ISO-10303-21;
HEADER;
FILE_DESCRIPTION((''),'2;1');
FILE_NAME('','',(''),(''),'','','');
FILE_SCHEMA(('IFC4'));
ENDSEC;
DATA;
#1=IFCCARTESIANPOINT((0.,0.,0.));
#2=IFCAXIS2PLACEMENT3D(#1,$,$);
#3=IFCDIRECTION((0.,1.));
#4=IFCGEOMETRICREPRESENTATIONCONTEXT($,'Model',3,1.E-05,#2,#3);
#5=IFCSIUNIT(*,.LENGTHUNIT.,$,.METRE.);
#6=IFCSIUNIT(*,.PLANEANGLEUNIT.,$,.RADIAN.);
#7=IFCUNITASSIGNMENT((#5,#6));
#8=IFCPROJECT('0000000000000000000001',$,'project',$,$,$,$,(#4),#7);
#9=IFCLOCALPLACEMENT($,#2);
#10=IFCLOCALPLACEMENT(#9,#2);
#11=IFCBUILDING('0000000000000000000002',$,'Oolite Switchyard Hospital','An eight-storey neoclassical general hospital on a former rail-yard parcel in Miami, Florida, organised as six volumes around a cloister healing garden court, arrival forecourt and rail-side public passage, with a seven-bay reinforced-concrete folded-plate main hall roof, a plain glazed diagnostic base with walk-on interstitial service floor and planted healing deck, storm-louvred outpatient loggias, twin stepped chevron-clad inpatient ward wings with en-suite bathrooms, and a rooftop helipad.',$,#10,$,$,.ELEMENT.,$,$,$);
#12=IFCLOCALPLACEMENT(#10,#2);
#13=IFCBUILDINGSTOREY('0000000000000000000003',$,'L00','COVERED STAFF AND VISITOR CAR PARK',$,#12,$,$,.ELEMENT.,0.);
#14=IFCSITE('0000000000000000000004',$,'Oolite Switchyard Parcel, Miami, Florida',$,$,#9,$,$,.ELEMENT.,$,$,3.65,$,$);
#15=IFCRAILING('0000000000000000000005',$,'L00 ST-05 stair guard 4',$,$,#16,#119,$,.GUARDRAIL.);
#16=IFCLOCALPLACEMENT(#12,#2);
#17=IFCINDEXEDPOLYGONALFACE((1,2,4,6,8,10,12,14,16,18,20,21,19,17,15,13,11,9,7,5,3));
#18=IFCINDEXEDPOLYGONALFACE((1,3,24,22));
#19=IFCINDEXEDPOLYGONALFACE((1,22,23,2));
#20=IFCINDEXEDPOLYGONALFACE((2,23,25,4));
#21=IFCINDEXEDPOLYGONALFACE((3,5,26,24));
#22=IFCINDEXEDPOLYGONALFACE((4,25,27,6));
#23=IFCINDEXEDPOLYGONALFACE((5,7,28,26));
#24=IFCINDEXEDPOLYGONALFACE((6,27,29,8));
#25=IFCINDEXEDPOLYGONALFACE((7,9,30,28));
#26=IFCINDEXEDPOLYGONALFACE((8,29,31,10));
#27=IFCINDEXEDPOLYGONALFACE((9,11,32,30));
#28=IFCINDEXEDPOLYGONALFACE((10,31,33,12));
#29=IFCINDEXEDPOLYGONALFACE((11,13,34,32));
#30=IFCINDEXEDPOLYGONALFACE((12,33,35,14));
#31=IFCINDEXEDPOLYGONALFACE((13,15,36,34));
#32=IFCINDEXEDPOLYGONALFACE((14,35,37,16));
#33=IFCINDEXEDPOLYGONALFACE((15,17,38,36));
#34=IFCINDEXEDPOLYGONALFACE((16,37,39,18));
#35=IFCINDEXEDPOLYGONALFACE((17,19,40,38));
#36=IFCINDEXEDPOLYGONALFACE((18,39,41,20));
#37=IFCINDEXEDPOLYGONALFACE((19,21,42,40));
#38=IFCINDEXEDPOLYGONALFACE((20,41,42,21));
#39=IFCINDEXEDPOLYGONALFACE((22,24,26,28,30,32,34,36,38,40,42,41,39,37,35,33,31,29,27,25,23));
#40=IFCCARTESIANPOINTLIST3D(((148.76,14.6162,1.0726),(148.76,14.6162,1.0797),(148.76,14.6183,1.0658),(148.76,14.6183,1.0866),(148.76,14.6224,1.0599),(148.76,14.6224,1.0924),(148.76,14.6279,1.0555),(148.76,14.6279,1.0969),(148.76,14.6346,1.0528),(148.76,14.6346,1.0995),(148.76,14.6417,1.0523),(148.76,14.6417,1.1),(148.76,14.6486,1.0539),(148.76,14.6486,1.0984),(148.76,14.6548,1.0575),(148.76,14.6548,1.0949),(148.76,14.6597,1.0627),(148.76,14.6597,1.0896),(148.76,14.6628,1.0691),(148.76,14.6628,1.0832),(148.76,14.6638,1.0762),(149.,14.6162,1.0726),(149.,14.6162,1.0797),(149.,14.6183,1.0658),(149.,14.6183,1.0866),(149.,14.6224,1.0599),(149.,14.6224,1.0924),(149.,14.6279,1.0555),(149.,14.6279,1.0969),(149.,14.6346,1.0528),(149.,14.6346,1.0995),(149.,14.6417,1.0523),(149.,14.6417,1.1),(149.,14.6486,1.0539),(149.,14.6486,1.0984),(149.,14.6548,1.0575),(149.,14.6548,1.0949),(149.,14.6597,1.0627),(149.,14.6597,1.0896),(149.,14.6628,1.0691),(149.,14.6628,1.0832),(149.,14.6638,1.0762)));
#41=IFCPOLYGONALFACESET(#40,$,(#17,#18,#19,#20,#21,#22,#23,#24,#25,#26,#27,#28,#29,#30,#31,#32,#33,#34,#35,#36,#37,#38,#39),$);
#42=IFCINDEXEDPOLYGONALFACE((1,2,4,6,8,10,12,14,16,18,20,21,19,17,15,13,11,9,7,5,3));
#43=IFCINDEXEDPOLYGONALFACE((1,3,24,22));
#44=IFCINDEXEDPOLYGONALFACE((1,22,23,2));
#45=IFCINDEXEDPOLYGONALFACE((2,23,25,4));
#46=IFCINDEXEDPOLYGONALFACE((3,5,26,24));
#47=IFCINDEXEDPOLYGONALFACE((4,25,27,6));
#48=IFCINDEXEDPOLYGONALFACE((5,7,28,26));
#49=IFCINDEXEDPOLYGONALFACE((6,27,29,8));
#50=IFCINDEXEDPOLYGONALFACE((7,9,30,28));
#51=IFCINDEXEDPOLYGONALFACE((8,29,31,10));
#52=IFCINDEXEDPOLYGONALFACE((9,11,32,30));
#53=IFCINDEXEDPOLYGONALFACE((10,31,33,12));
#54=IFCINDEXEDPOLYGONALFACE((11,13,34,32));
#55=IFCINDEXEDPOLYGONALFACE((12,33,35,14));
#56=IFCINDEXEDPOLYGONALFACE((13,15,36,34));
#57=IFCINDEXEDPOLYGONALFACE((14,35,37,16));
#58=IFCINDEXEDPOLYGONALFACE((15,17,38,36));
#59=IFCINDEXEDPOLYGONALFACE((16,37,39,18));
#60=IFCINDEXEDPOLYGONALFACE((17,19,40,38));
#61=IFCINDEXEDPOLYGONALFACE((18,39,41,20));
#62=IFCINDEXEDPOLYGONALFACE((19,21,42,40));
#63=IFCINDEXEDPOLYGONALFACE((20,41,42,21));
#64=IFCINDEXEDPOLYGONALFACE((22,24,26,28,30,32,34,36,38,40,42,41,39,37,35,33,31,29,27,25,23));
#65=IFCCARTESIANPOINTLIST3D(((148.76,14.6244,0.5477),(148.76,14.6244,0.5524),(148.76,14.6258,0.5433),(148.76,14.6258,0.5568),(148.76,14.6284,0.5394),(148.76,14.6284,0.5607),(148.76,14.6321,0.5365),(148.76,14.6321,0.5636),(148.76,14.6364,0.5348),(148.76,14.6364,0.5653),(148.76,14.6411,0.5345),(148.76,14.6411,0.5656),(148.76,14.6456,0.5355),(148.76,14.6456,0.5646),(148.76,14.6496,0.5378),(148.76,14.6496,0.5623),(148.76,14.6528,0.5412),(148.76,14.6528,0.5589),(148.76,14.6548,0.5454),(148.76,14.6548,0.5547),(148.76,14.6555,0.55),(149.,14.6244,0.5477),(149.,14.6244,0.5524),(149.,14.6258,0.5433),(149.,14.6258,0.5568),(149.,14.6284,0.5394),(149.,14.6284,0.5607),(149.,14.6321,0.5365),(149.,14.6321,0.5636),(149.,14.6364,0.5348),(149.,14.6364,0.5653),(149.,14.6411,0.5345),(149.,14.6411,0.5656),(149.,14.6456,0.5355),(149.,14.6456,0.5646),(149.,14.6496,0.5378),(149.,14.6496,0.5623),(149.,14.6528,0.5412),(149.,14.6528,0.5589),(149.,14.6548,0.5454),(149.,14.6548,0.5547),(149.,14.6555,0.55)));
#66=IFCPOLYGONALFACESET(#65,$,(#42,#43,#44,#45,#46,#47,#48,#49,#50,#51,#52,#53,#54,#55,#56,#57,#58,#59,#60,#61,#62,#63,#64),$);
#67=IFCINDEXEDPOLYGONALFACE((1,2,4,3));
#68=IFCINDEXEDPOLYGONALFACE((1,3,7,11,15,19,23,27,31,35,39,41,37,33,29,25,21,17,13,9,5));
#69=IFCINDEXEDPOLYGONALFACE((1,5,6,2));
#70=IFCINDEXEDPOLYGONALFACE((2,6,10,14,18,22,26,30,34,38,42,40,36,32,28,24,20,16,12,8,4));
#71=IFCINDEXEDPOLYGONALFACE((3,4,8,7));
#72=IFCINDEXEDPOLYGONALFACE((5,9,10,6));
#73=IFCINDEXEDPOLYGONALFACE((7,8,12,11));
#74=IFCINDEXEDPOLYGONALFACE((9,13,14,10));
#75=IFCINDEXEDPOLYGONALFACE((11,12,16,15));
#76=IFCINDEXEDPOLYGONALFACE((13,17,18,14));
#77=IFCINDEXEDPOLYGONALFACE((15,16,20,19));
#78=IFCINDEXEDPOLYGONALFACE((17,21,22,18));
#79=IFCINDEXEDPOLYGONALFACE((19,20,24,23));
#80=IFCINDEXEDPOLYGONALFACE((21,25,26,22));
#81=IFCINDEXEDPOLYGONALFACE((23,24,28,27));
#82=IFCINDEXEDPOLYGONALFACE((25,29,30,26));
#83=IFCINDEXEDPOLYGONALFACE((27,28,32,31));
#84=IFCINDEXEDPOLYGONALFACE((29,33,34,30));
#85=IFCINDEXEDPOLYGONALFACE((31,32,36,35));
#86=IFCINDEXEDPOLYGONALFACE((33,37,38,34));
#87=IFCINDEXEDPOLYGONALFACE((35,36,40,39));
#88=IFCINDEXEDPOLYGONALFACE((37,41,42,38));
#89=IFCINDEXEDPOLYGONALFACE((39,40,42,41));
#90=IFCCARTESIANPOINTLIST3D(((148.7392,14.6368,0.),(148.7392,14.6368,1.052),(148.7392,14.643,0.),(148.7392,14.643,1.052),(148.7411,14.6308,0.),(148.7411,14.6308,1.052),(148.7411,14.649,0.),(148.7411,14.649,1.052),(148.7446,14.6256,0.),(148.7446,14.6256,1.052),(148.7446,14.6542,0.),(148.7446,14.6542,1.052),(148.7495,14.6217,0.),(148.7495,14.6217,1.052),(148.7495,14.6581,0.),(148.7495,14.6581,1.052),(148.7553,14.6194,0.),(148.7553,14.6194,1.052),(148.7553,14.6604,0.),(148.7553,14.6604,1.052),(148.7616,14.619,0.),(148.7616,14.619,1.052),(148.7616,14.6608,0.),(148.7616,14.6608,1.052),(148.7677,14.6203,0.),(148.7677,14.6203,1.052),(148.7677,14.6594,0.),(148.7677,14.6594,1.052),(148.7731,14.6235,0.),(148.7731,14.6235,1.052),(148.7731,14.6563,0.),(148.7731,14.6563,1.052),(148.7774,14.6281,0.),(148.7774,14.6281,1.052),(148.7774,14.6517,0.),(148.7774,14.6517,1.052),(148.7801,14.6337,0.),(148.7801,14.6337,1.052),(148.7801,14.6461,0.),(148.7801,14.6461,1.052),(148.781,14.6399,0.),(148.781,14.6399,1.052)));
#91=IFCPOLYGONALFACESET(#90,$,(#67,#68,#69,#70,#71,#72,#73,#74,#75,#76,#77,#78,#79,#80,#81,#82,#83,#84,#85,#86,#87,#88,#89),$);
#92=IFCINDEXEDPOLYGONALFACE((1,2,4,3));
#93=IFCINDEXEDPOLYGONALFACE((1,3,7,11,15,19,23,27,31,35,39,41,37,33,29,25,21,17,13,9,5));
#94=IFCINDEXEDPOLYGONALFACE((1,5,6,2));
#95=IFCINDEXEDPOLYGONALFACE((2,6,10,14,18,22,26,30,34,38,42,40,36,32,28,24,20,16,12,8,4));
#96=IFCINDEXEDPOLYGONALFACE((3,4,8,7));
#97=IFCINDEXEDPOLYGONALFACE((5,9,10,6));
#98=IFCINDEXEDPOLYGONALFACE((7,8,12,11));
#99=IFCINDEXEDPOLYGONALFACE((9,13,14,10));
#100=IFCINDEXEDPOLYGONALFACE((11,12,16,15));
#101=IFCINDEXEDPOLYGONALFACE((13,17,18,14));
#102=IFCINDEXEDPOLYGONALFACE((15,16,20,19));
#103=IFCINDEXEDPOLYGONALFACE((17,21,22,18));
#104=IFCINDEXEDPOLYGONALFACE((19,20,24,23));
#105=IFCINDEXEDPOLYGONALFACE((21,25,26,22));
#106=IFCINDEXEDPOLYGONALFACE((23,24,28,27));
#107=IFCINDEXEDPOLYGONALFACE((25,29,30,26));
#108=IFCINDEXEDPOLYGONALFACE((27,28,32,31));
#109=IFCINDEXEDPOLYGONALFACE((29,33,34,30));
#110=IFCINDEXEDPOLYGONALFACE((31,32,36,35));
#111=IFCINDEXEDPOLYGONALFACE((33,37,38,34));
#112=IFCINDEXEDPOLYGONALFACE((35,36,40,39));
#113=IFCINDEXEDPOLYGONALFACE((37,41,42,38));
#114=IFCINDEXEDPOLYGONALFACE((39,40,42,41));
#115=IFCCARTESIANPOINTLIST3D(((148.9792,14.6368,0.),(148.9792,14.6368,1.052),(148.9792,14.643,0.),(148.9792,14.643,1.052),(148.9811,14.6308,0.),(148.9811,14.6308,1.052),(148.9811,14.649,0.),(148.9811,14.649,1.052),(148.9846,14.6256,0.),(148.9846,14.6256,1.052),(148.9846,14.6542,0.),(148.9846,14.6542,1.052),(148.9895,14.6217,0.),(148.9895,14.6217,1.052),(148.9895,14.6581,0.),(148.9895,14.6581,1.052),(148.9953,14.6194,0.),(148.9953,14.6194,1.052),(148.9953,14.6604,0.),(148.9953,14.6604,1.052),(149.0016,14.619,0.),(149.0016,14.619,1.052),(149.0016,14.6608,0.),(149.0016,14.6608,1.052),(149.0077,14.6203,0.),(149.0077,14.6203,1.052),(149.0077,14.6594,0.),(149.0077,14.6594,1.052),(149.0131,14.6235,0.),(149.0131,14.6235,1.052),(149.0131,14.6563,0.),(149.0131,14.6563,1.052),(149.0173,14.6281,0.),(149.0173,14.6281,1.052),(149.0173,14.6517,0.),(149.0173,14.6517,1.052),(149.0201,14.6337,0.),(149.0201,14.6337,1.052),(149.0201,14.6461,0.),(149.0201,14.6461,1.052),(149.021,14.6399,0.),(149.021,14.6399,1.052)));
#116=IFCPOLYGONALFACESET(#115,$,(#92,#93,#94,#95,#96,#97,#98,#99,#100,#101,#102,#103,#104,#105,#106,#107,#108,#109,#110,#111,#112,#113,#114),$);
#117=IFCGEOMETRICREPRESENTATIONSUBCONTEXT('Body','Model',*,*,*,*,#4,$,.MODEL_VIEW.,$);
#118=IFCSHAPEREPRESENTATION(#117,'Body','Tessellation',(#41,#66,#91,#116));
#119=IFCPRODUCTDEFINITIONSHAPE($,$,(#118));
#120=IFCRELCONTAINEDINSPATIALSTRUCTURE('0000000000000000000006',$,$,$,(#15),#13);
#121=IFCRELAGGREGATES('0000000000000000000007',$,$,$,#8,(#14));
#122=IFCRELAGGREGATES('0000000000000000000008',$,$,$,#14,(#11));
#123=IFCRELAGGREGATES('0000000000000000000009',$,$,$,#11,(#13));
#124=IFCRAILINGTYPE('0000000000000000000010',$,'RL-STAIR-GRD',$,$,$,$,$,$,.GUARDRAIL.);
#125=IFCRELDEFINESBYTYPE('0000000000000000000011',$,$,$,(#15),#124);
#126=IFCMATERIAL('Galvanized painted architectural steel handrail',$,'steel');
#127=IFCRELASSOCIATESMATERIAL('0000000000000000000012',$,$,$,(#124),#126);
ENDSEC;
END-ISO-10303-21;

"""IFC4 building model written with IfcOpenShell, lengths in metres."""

from ifc_helpers import new_model, si_unit, direction, frame, origin, origin_2d, place, context, subcontext, project, spatial, circle, extrude, material, type_object, element, save


model = new_model("IFC4")

# Units and contexts
model_context = context("Model", 3, precision=1e-05, world=origin(), true_north=direction((0.0, 1.0)))
body_context = subcontext(model_context, "Body", "Model", "MODEL_VIEW")
ifc_project = project(units=[si_unit("LENGTHUNIT", "METRE"), si_unit("PLANEANGLEUNIT", "RADIAN")], contexts=[model_context])

# Site, building, storey
site_placement = place(None, origin())
site = spatial("IfcSite", under=ifc_project, at=site_placement, Name="Oolite Switchyard Parcel, Miami, Florida", CompositionType="ELEMENT", RefElevation=3.65)
building_placement = place(site_placement, origin())
building = spatial("IfcBuilding", under=site, at=building_placement, Name="Oolite Switchyard Hospital", Description="An eight-storey neoclassical general hospital on a former rail-yard parcel in Miami, Florida, organised as six volumes around a cloister healing garden court, arrival forecourt and rail-side public passage, with a seven-bay reinforced-concrete folded-plate main hall roof, a plain glazed diagnostic base with walk-on interstitial service floor and planted healing deck, storm-louvred outpatient loggias, twin stepped chevron-clad inpatient ward wings with en-suite bathrooms, and a rooftop helipad.", CompositionType="ELEMENT")
storey_placement = place(building_placement, origin())
storey = spatial("IfcBuildingStorey", under=building, at=storey_placement, Name="L00", Description="COVERED STAFF AND VISITOR CAR PARK", CompositionType="ELEMENT", Elevation=0.0)

# Railing
ifc_material_1 = material(Name="Galvanized painted architectural steel handrail", Category="steel")
railing_type_1 = type_object("IfcRailingType", Name="RL-STAIR-GRD", PredefinedType="GUARDRAIL", material=ifc_material_1)
railing_1_placement = place(storey_placement, frame((148.76, 14.6399, 0.0)))
element("IfcRailing", 1, at=railing_1_placement, inside=storey, type_object=railing_type_1, Name="L00 ST-05 stair guard 4", PredefinedType="GUARDRAIL", context=body_context, shape_type="SweptSolid", body=[
    extrude(circle(Radius=0.0239, at=origin_2d()), frame((0.0, 0.0, 1.0762), z_axis=(1.0, 0.0, 0.0), x_axis=(0.0, 1.0, 0.0)), (0.0, 0.0, 1.0), 0.24),
    extrude(circle(Radius=0.0156, at=origin_2d()), frame((0.0, 0.0, 0.55), z_axis=(1.0, 0.0, 0.0), x_axis=(0.0, 1.0, 0.0)), (0.0, 0.0, 1.0), 0.24),
    extrude(circle(Radius=0.021, at=origin_2d()), origin(), (0.0, 0.0, 1.0), 1.052),
    extrude(circle(Radius=0.021, at=origin_2d()), frame((0.24, 0.0, 0.0)), (0.0, 0.0, 1.0), 1.052),
])

save(model, "model.ifc")
